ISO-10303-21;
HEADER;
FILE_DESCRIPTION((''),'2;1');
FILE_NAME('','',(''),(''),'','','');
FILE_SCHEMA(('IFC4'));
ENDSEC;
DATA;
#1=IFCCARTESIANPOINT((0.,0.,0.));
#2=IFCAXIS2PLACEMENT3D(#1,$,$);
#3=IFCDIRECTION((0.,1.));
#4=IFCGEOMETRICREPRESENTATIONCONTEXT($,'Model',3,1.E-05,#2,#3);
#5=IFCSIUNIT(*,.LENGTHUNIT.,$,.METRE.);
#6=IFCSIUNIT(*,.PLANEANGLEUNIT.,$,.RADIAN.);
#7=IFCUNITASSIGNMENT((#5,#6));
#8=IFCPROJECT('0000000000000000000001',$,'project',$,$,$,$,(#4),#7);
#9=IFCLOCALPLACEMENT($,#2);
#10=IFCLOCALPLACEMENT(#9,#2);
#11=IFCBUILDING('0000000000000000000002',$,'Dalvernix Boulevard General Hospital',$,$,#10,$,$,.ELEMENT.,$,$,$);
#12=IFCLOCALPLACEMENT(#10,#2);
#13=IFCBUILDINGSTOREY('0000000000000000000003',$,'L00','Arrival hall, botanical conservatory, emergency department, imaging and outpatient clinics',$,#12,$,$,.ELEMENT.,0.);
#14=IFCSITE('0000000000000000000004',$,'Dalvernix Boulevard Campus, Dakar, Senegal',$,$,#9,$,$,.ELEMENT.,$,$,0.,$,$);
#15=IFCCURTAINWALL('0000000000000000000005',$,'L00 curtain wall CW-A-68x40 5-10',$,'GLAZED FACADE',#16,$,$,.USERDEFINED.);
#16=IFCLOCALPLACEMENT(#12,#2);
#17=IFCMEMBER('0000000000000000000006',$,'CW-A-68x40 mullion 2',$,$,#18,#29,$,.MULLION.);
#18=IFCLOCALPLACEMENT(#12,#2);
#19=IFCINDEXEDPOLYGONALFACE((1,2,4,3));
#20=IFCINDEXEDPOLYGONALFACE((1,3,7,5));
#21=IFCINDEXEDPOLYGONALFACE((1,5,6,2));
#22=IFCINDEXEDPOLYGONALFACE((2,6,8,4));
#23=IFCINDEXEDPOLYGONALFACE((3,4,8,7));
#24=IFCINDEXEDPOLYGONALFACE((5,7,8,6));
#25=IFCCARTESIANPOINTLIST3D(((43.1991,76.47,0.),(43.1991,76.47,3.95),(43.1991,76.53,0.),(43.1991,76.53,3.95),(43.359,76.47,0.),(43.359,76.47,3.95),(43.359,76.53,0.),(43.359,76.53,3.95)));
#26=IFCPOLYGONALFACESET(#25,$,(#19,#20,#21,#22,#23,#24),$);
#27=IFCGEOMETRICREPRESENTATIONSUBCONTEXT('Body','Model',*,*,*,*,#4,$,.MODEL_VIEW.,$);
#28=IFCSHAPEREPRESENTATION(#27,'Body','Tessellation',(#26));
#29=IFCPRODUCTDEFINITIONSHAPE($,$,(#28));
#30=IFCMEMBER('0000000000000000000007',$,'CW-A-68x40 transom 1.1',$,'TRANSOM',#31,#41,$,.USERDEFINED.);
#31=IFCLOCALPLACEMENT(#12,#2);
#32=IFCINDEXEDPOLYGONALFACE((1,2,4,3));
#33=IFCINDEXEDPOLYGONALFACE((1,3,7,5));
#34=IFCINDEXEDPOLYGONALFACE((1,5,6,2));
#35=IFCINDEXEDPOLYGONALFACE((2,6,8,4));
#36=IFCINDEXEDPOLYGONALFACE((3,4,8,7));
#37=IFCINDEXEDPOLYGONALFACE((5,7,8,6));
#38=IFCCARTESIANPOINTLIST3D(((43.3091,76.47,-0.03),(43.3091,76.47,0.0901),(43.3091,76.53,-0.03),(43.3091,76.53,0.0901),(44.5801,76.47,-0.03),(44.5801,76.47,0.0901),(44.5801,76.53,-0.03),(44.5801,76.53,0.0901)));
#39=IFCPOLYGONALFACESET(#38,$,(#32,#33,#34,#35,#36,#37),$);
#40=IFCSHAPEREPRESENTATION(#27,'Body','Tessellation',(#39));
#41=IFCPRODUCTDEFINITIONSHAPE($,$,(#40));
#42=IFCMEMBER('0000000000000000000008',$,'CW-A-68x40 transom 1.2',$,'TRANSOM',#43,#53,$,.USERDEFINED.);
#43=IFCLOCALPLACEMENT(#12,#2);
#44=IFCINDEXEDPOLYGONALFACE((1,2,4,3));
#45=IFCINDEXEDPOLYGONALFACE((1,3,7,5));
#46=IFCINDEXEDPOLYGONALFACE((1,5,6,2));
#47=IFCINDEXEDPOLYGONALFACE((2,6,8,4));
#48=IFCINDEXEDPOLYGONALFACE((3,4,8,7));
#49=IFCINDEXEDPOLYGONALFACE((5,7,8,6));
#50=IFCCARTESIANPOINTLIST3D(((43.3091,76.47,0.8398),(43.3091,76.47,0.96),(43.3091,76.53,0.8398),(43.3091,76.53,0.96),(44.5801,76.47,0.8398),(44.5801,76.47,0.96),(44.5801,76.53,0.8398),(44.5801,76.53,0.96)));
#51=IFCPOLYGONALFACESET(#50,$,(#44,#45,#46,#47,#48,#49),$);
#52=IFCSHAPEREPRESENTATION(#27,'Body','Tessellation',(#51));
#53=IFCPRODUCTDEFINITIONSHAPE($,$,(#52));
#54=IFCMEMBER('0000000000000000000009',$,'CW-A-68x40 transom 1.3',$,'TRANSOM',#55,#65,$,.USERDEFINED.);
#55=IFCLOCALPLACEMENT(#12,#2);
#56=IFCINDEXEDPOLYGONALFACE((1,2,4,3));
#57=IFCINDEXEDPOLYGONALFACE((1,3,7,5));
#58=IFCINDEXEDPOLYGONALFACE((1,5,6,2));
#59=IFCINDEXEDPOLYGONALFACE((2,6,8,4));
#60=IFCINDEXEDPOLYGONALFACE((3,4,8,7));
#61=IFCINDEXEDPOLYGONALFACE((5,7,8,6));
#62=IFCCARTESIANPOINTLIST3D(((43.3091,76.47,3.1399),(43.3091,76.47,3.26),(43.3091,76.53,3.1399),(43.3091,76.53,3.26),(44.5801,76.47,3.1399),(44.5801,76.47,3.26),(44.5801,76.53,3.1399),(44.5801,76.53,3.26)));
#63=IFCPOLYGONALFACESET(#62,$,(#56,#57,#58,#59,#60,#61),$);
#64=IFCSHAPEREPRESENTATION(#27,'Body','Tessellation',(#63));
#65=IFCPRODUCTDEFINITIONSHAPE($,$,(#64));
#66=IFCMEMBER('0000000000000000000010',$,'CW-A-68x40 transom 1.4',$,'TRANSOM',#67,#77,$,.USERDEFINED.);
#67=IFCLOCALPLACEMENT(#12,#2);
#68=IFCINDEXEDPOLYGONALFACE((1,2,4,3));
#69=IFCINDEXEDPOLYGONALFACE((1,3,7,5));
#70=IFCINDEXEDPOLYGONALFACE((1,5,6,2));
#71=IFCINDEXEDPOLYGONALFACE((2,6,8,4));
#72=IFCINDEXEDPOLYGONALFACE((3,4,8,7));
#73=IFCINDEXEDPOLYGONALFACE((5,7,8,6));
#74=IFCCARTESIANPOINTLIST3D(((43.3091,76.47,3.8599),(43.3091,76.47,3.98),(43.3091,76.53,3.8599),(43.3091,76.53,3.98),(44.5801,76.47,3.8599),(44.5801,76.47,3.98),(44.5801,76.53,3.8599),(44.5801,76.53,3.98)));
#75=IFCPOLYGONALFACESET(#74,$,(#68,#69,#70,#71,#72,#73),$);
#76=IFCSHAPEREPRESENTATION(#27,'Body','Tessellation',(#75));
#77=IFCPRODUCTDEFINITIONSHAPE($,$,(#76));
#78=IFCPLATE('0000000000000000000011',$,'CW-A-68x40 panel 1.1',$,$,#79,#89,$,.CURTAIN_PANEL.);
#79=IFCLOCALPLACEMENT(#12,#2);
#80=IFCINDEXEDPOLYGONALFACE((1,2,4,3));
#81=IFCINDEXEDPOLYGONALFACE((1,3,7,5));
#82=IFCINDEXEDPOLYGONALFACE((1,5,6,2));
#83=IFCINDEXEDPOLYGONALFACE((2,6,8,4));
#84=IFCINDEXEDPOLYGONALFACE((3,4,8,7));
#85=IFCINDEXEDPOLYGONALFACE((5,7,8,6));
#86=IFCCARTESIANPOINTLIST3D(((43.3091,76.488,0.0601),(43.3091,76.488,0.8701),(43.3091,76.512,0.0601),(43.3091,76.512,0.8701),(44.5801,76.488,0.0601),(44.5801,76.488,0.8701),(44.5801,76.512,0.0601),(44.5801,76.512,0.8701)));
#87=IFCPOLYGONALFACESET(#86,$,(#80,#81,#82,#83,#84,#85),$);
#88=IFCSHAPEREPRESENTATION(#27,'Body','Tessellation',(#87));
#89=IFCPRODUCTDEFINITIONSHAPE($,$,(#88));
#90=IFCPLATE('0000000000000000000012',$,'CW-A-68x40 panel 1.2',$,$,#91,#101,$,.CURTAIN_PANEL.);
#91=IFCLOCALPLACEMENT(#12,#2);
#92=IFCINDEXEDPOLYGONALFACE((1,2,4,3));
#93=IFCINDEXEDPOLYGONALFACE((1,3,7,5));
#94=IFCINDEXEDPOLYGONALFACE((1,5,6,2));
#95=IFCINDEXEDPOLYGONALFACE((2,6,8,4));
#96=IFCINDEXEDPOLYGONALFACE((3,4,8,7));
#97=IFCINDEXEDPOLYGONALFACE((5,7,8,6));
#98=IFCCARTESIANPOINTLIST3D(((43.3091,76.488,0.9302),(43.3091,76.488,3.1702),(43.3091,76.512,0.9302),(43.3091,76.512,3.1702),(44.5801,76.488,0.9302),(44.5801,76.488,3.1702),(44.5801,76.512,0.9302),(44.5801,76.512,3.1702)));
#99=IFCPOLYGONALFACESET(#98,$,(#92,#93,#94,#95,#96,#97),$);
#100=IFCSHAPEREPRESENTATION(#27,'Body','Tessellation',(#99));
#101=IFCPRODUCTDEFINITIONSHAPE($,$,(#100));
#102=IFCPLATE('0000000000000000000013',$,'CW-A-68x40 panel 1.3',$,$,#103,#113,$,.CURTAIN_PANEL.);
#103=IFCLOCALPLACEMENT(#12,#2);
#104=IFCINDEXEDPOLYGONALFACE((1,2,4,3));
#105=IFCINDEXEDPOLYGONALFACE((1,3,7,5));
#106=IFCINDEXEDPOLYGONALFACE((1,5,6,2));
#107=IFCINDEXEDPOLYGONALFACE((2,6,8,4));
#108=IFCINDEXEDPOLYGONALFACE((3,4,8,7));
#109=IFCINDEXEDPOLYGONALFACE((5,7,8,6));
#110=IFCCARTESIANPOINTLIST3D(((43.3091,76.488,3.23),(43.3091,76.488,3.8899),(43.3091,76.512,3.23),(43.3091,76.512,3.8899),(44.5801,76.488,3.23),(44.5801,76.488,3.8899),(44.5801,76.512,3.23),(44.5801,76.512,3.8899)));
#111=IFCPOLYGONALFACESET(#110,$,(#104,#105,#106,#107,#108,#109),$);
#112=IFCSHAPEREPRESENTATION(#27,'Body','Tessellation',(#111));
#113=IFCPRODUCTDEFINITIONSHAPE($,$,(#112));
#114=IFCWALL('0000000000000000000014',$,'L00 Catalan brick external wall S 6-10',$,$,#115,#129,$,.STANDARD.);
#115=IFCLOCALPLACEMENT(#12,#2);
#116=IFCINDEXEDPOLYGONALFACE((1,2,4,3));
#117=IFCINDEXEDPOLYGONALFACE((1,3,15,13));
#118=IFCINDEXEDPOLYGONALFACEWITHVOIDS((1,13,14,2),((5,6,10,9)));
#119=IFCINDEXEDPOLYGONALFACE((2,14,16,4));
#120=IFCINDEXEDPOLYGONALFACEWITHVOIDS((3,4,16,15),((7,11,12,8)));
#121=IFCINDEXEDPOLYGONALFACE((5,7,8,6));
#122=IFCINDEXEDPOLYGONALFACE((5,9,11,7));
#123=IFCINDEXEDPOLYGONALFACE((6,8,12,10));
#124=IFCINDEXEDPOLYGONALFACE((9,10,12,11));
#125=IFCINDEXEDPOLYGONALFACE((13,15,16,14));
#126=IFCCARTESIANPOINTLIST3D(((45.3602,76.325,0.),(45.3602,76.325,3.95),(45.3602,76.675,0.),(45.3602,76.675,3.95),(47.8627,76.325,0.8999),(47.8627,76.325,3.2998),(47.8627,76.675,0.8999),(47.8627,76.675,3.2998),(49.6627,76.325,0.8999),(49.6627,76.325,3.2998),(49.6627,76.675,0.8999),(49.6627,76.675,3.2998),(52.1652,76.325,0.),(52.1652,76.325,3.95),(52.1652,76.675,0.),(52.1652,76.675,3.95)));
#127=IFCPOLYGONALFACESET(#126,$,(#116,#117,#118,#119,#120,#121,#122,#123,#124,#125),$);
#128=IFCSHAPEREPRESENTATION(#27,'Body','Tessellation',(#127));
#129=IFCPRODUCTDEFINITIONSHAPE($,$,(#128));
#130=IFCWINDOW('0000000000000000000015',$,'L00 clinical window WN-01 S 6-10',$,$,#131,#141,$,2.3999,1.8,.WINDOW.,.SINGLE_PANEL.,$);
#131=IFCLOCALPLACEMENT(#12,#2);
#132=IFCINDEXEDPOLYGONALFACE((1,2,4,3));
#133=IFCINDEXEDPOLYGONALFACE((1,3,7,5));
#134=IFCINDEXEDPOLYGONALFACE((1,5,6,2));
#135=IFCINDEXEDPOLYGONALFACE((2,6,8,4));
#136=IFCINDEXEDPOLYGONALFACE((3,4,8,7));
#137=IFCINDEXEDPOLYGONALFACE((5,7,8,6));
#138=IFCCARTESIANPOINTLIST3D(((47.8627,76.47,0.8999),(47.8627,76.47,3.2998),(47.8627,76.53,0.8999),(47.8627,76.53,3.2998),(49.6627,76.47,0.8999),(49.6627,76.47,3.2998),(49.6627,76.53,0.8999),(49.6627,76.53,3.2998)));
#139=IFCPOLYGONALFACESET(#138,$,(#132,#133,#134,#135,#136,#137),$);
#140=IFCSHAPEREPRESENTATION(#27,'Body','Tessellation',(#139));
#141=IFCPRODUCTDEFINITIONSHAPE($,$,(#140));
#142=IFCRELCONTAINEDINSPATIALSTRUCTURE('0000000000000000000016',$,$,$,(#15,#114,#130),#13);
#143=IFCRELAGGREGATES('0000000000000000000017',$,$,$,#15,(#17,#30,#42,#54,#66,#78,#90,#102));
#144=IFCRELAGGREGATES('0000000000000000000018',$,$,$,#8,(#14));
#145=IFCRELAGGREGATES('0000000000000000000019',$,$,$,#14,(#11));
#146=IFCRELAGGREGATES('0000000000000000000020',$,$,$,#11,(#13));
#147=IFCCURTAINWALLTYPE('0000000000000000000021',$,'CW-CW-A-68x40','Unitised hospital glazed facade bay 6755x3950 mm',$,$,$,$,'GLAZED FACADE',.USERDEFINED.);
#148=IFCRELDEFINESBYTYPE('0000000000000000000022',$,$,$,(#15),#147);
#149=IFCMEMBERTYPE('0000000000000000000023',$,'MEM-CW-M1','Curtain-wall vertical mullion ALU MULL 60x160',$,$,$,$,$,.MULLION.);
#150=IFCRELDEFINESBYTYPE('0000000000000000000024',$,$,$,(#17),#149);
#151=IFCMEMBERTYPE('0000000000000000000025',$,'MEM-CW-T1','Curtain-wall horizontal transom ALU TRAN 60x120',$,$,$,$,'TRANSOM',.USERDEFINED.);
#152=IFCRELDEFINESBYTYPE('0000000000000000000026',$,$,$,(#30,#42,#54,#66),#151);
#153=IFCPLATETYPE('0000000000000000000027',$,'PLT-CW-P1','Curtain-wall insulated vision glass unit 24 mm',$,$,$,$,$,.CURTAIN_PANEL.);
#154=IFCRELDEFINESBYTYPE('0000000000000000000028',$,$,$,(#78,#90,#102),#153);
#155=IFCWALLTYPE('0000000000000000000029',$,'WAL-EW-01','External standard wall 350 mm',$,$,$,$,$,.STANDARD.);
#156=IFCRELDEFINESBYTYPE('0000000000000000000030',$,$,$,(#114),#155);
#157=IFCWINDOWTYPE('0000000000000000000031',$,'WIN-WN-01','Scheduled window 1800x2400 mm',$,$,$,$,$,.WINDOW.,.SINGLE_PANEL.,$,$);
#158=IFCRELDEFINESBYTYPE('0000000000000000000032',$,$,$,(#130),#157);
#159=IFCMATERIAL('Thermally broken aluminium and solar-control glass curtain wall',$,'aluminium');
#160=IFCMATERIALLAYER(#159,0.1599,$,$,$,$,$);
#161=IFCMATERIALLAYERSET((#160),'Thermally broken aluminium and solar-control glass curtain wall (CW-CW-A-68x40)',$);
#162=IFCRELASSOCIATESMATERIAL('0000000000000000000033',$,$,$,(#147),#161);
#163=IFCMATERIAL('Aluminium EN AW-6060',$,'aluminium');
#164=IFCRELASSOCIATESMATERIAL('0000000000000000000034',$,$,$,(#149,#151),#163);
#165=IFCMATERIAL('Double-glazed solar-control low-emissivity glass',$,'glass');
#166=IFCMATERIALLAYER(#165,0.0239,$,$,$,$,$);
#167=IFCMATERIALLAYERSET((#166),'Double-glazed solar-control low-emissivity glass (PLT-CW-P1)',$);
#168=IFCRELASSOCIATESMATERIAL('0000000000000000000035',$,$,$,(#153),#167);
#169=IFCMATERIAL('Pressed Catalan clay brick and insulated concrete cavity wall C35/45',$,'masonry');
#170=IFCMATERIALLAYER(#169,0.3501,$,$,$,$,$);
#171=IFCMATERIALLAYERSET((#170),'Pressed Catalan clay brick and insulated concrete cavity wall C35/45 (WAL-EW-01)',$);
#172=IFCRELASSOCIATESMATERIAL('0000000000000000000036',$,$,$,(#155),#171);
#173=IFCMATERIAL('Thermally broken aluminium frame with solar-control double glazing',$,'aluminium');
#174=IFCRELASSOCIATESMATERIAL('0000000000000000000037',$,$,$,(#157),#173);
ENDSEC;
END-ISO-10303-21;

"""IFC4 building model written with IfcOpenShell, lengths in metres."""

from ifc_helpers import new_model, si_unit, direction, frame, frame_2d, origin, origin_2d, place, context, subcontext, project, spatial, rectangle, extrude, material, layer, layer_set, material_profile, profile_set, type_object, element, fill, aggregate, save


model = new_model("IFC4")

# Units and contexts
model_context = context("Model", 3, precision=1e-05, world=origin(), true_north=direction((0.0, 1.0)))
body_context = subcontext(model_context, "Body", "Model", "MODEL_VIEW")
ifc_project = project(units=[si_unit("LENGTHUNIT", "METRE"), si_unit("PLANEANGLEUNIT", "RADIAN")], contexts=[model_context])

# Site, building, storey
site_placement = place(None, origin())
site = spatial("IfcSite", under=ifc_project, at=site_placement, Name="Dalvernix Boulevard Campus, Dakar, Senegal", CompositionType="ELEMENT", RefElevation=0.0)
building_placement = place(site_placement, origin())
building = spatial("IfcBuilding", under=site, at=building_placement, Name="Dalvernix Boulevard General Hospital", CompositionType="ELEMENT")
storey_placement = place(building_placement, origin())
storey = spatial("IfcBuildingStorey", under=building, at=storey_placement, Name="L00", Description="Arrival hall, botanical conservatory, emergency department, imaging and outpatient clinics", CompositionType="ELEMENT", Elevation=0.0)

# Curtain wall, members, plates
ifc_material_1 = material(Name="Thermally broken aluminium and solar-control glass curtain wall", Category="aluminium")
ifc_layer_1 = layer(ifc_material_1, 0.1599)
ifc_layer_set_1 = layer_set([ifc_layer_1], Name="Thermally broken aluminium and solar-control glass curtain wall (CW-CW-A-68x40)")
curtain_wall_type = type_object("IfcCurtainWallType", Name="CW-CW-A-68x40", Description="Unitised hospital glazed facade bay 6755x3950 mm", ElementType="GLAZED FACADE", PredefinedType="USERDEFINED", material=ifc_layer_set_1)
curtain_wall_placement = place(storey_placement, origin())
curtain_wall = element("IfcCurtainWall", 1, at=curtain_wall_placement, inside=storey, type_object=curtain_wall_type, Name="L00 curtain wall CW-A-68x40 5-10", ObjectType="GLAZED FACADE", PredefinedType="USERDEFINED")
ifc_material_2 = material(Name="Aluminium EN AW-6060", Category="aluminium")
ifc_material_profile_1 = material_profile(ifc_material_2, rectangle(XDim=0.0601, YDim=0.1599, at=origin_2d()), Name="ALU MULL 60x160")
ifc_profile_set_1 = profile_set([ifc_material_profile_1], Name="Aluminium EN AW-6060")
member_type_1 = type_object("IfcMemberType", Name="MEM-CW-M1", Description="Curtain-wall vertical mullion ALU MULL 60x160", PredefinedType="MULLION", material=ifc_profile_set_1)
member_1_placement = place(storey_placement, frame((43.2791, 76.5, 0.0), z_axis=(0.0, 0.0, 1.0), x_axis=(0.0, -1.0, 0.0)))
member_1 = element("IfcMember", 2, at=member_1_placement, type_object=member_type_1, Name="CW-A-68x40 mullion 2", PredefinedType="MULLION", context=body_context, shape_type="SweptSolid", body=[
    extrude(rectangle(XDim=0.0601, YDim=0.1599, at=origin_2d()), origin(), (0.0, 0.0, 1.0), 3.95),
])
ifc_material_profile_2 = material_profile(ifc_material_2, rectangle(XDim=0.0601, YDim=0.1201, at=origin_2d()), Name="ALU TRAN 60x120")
ifc_profile_set_2 = profile_set([ifc_material_profile_2], Name="Aluminium EN AW-6060")
member_type_2 = type_object("IfcMemberType", Name="MEM-CW-T1", Description="Curtain-wall horizontal transom ALU TRAN 60x120", ElementType="TRANSOM", PredefinedType="USERDEFINED", material=ifc_profile_set_2)
member_2_placement = place(storey_placement, frame((44.5801, 76.5, 0.03), z_axis=(-1.0, 0.0, 0.0), x_axis=(0.0, -1.0, 0.0)))
member_2 = element("IfcMember", 3, at=member_2_placement, type_object=member_type_2, Name="CW-A-68x40 transom 1.1", ObjectType="TRANSOM", PredefinedType="USERDEFINED", context=body_context, shape_type="SweptSolid", body=[
    extrude(rectangle(XDim=0.0601, YDim=0.1201, at=origin_2d()), origin(), (0.0, 0.0, 1.0), 1.271),
])
member_3_placement = place(storey_placement, frame((44.5801, 76.5, 0.8999), z_axis=(-1.0, 0.0, 0.0), x_axis=(0.0, -1.0, 0.0)))
member_3 = element("IfcMember", 4, at=member_3_placement, type_object=member_type_2, Name="CW-A-68x40 transom 1.2", ObjectType="TRANSOM", PredefinedType="USERDEFINED", context=body_context, shape_type="SweptSolid", body=[
    extrude(rectangle(XDim=0.0601, YDim=0.1201, at=origin_2d()), origin(), (0.0, 0.0, 1.0), 1.271),
])
member_4_placement = place(storey_placement, frame((44.5801, 76.5, 3.2), z_axis=(-1.0, 0.0, 0.0), x_axis=(0.0, -1.0, 0.0)))
member_4 = element("IfcMember", 5, at=member_4_placement, type_object=member_type_2, Name="CW-A-68x40 transom 1.3", ObjectType="TRANSOM", PredefinedType="USERDEFINED", context=body_context, shape_type="SweptSolid", body=[
    extrude(rectangle(XDim=0.0601, YDim=0.1201, at=origin_2d()), origin(), (0.0, 0.0, 1.0), 1.271),
])
member_5_placement = place(storey_placement, frame((44.5801, 76.5, 3.9199), z_axis=(-1.0, 0.0, 0.0), x_axis=(0.0, -1.0, 0.0)))
member_5 = element("IfcMember", 6, at=member_5_placement, type_object=member_type_2, Name="CW-A-68x40 transom 1.4", ObjectType="TRANSOM", PredefinedType="USERDEFINED", context=body_context, shape_type="SweptSolid", body=[
    extrude(rectangle(XDim=0.0601, YDim=0.1201, at=origin_2d()), origin(), (0.0, 0.0, 1.0), 1.271),
])
ifc_material_3 = material(Name="Double-glazed solar-control low-emissivity glass", Category="glass")
ifc_layer_2 = layer(ifc_material_3, 0.0239)
ifc_layer_set_2 = layer_set([ifc_layer_2], Name="Double-glazed solar-control low-emissivity glass (PLT-CW-P1)")
plate_type = type_object("IfcPlateType", Name="PLT-CW-P1", Description="Curtain-wall insulated vision glass unit 24 mm", PredefinedType="CURTAIN_PANEL", material=ifc_layer_set_2)
plate_1_placement = place(storey_placement, frame((43.9446, 76.5, 0.0601), z_axis=(0.0, 0.0, 1.0), x_axis=(-1.0, 0.0, 0.0)))
plate_1 = element("IfcPlate", 7, at=plate_1_placement, type_object=plate_type, Name="CW-A-68x40 panel 1.1", PredefinedType="CURTAIN_PANEL", context=body_context, shape_type="SweptSolid", body=[
    extrude(rectangle(XDim=1.271, YDim=0.0239, at=origin_2d()), origin(), (0.0, 0.0, 1.0), 0.8101),
])
plate_2_placement = place(storey_placement, frame((43.9446, 76.5, 0.9302), z_axis=(0.0, 0.0, 1.0), x_axis=(-1.0, 0.0, 0.0)))
plate_2 = element("IfcPlate", 8, at=plate_2_placement, type_object=plate_type, Name="CW-A-68x40 panel 1.2", PredefinedType="CURTAIN_PANEL", context=body_context, shape_type="SweptSolid", body=[
    extrude(rectangle(XDim=1.271, YDim=0.0239, at=origin_2d()), origin(), (0.0, 0.0, 1.0), 2.24),
])
plate_3_placement = place(storey_placement, frame((43.9446, 76.5, 3.23), z_axis=(0.0, 0.0, 1.0), x_axis=(-1.0, 0.0, 0.0)))
plate_3 = element("IfcPlate", 9, at=plate_3_placement, type_object=plate_type, Name="CW-A-68x40 panel 1.3", PredefinedType="CURTAIN_PANEL", context=body_context, shape_type="SweptSolid", body=[
    extrude(rectangle(XDim=1.271, YDim=0.0239, at=origin_2d()), origin(), (0.0, 0.0, 1.0), 0.6599),
])
aggregate(curtain_wall, [member_1, member_2, member_3, member_4, member_5, plate_1, plate_2, plate_3])

# Wall, opening, window
ifc_material_4 = material(Name="Pressed Catalan clay brick and insulated concrete cavity wall C35/45", Category="masonry")
ifc_layer_3 = layer(ifc_material_4, 0.3501)
ifc_layer_set_3 = layer_set([ifc_layer_3], Name="Pressed Catalan clay brick and insulated concrete cavity wall C35/45 (WAL-EW-01)")
wall_type = type_object("IfcWallType", Name="WAL-EW-01", Description="External standard wall 350 mm", PredefinedType="STANDARD", material=ifc_layer_set_3)
wall_placement = place(storey_placement, frame((52.165, 76.5, 0.0), z_axis=(0.0, 0.0, 1.0), x_axis=(-1.0, 0.0, 0.0)))
wall = element("IfcWall", 10, at=wall_placement, inside=storey, type_object=wall_type, Name="L00 Catalan brick external wall S 6-10", PredefinedType="STANDARD", context=body_context, shape_type="SweptSolid", body=[
    extrude(rectangle(XDim=6.8049, YDim=0.3501, at=frame_2d((3.4023, 0.0))), origin(), (0.0, 0.0, 1.0), 3.95),
])
opening_placement = place(wall_placement, frame((2.5024, 0.0, 0.8999)))
opening = element("IfcOpeningElement", 11, at=opening_placement, cuts=wall, PredefinedType="OPENING", context=body_context, shape_type="SweptSolid", body=[
    extrude(rectangle(XDim=1.8, YDim=2.3999, at=frame_2d((0.8999, 1.2))), frame((0.0, 0.1851, 0.0), z_axis=(0.0, -1.0, 0.0), x_axis=(1.0, 0.0, 0.0)), (0.0, 0.0, 1.0), 0.3701),
])
ifc_material_5 = material(Name="Thermally broken aluminium frame with solar-control double glazing", Category="aluminium")
window_type = type_object("IfcWindowType", Name="WIN-WN-01", Description="Scheduled window 1800x2400 mm", PartitioningType="SINGLE_PANEL", PredefinedType="WINDOW", material=ifc_material_5)
window_placement = place(opening_placement, origin())
window = element("IfcWindow", 12, at=window_placement, inside=storey, type_object=window_type, Name="L00 clinical window WN-01 S 6-10", OverallHeight=2.3999, OverallWidth=1.8, PartitioningType="SINGLE_PANEL", PredefinedType="WINDOW", context=body_context, shape_type="SweptSolid", body=[
    extrude(rectangle(XDim=1.8, YDim=2.3999, at=frame_2d((0.8999, 1.2))), frame((0.0, 0.03, 0.0), z_axis=(0.0, -1.0, 0.0), x_axis=(1.0, 0.0, 0.0)), (0.0, 0.0, 1.0), 0.0601),
])
fill(opening, window)

save(model, "model.ifc")
